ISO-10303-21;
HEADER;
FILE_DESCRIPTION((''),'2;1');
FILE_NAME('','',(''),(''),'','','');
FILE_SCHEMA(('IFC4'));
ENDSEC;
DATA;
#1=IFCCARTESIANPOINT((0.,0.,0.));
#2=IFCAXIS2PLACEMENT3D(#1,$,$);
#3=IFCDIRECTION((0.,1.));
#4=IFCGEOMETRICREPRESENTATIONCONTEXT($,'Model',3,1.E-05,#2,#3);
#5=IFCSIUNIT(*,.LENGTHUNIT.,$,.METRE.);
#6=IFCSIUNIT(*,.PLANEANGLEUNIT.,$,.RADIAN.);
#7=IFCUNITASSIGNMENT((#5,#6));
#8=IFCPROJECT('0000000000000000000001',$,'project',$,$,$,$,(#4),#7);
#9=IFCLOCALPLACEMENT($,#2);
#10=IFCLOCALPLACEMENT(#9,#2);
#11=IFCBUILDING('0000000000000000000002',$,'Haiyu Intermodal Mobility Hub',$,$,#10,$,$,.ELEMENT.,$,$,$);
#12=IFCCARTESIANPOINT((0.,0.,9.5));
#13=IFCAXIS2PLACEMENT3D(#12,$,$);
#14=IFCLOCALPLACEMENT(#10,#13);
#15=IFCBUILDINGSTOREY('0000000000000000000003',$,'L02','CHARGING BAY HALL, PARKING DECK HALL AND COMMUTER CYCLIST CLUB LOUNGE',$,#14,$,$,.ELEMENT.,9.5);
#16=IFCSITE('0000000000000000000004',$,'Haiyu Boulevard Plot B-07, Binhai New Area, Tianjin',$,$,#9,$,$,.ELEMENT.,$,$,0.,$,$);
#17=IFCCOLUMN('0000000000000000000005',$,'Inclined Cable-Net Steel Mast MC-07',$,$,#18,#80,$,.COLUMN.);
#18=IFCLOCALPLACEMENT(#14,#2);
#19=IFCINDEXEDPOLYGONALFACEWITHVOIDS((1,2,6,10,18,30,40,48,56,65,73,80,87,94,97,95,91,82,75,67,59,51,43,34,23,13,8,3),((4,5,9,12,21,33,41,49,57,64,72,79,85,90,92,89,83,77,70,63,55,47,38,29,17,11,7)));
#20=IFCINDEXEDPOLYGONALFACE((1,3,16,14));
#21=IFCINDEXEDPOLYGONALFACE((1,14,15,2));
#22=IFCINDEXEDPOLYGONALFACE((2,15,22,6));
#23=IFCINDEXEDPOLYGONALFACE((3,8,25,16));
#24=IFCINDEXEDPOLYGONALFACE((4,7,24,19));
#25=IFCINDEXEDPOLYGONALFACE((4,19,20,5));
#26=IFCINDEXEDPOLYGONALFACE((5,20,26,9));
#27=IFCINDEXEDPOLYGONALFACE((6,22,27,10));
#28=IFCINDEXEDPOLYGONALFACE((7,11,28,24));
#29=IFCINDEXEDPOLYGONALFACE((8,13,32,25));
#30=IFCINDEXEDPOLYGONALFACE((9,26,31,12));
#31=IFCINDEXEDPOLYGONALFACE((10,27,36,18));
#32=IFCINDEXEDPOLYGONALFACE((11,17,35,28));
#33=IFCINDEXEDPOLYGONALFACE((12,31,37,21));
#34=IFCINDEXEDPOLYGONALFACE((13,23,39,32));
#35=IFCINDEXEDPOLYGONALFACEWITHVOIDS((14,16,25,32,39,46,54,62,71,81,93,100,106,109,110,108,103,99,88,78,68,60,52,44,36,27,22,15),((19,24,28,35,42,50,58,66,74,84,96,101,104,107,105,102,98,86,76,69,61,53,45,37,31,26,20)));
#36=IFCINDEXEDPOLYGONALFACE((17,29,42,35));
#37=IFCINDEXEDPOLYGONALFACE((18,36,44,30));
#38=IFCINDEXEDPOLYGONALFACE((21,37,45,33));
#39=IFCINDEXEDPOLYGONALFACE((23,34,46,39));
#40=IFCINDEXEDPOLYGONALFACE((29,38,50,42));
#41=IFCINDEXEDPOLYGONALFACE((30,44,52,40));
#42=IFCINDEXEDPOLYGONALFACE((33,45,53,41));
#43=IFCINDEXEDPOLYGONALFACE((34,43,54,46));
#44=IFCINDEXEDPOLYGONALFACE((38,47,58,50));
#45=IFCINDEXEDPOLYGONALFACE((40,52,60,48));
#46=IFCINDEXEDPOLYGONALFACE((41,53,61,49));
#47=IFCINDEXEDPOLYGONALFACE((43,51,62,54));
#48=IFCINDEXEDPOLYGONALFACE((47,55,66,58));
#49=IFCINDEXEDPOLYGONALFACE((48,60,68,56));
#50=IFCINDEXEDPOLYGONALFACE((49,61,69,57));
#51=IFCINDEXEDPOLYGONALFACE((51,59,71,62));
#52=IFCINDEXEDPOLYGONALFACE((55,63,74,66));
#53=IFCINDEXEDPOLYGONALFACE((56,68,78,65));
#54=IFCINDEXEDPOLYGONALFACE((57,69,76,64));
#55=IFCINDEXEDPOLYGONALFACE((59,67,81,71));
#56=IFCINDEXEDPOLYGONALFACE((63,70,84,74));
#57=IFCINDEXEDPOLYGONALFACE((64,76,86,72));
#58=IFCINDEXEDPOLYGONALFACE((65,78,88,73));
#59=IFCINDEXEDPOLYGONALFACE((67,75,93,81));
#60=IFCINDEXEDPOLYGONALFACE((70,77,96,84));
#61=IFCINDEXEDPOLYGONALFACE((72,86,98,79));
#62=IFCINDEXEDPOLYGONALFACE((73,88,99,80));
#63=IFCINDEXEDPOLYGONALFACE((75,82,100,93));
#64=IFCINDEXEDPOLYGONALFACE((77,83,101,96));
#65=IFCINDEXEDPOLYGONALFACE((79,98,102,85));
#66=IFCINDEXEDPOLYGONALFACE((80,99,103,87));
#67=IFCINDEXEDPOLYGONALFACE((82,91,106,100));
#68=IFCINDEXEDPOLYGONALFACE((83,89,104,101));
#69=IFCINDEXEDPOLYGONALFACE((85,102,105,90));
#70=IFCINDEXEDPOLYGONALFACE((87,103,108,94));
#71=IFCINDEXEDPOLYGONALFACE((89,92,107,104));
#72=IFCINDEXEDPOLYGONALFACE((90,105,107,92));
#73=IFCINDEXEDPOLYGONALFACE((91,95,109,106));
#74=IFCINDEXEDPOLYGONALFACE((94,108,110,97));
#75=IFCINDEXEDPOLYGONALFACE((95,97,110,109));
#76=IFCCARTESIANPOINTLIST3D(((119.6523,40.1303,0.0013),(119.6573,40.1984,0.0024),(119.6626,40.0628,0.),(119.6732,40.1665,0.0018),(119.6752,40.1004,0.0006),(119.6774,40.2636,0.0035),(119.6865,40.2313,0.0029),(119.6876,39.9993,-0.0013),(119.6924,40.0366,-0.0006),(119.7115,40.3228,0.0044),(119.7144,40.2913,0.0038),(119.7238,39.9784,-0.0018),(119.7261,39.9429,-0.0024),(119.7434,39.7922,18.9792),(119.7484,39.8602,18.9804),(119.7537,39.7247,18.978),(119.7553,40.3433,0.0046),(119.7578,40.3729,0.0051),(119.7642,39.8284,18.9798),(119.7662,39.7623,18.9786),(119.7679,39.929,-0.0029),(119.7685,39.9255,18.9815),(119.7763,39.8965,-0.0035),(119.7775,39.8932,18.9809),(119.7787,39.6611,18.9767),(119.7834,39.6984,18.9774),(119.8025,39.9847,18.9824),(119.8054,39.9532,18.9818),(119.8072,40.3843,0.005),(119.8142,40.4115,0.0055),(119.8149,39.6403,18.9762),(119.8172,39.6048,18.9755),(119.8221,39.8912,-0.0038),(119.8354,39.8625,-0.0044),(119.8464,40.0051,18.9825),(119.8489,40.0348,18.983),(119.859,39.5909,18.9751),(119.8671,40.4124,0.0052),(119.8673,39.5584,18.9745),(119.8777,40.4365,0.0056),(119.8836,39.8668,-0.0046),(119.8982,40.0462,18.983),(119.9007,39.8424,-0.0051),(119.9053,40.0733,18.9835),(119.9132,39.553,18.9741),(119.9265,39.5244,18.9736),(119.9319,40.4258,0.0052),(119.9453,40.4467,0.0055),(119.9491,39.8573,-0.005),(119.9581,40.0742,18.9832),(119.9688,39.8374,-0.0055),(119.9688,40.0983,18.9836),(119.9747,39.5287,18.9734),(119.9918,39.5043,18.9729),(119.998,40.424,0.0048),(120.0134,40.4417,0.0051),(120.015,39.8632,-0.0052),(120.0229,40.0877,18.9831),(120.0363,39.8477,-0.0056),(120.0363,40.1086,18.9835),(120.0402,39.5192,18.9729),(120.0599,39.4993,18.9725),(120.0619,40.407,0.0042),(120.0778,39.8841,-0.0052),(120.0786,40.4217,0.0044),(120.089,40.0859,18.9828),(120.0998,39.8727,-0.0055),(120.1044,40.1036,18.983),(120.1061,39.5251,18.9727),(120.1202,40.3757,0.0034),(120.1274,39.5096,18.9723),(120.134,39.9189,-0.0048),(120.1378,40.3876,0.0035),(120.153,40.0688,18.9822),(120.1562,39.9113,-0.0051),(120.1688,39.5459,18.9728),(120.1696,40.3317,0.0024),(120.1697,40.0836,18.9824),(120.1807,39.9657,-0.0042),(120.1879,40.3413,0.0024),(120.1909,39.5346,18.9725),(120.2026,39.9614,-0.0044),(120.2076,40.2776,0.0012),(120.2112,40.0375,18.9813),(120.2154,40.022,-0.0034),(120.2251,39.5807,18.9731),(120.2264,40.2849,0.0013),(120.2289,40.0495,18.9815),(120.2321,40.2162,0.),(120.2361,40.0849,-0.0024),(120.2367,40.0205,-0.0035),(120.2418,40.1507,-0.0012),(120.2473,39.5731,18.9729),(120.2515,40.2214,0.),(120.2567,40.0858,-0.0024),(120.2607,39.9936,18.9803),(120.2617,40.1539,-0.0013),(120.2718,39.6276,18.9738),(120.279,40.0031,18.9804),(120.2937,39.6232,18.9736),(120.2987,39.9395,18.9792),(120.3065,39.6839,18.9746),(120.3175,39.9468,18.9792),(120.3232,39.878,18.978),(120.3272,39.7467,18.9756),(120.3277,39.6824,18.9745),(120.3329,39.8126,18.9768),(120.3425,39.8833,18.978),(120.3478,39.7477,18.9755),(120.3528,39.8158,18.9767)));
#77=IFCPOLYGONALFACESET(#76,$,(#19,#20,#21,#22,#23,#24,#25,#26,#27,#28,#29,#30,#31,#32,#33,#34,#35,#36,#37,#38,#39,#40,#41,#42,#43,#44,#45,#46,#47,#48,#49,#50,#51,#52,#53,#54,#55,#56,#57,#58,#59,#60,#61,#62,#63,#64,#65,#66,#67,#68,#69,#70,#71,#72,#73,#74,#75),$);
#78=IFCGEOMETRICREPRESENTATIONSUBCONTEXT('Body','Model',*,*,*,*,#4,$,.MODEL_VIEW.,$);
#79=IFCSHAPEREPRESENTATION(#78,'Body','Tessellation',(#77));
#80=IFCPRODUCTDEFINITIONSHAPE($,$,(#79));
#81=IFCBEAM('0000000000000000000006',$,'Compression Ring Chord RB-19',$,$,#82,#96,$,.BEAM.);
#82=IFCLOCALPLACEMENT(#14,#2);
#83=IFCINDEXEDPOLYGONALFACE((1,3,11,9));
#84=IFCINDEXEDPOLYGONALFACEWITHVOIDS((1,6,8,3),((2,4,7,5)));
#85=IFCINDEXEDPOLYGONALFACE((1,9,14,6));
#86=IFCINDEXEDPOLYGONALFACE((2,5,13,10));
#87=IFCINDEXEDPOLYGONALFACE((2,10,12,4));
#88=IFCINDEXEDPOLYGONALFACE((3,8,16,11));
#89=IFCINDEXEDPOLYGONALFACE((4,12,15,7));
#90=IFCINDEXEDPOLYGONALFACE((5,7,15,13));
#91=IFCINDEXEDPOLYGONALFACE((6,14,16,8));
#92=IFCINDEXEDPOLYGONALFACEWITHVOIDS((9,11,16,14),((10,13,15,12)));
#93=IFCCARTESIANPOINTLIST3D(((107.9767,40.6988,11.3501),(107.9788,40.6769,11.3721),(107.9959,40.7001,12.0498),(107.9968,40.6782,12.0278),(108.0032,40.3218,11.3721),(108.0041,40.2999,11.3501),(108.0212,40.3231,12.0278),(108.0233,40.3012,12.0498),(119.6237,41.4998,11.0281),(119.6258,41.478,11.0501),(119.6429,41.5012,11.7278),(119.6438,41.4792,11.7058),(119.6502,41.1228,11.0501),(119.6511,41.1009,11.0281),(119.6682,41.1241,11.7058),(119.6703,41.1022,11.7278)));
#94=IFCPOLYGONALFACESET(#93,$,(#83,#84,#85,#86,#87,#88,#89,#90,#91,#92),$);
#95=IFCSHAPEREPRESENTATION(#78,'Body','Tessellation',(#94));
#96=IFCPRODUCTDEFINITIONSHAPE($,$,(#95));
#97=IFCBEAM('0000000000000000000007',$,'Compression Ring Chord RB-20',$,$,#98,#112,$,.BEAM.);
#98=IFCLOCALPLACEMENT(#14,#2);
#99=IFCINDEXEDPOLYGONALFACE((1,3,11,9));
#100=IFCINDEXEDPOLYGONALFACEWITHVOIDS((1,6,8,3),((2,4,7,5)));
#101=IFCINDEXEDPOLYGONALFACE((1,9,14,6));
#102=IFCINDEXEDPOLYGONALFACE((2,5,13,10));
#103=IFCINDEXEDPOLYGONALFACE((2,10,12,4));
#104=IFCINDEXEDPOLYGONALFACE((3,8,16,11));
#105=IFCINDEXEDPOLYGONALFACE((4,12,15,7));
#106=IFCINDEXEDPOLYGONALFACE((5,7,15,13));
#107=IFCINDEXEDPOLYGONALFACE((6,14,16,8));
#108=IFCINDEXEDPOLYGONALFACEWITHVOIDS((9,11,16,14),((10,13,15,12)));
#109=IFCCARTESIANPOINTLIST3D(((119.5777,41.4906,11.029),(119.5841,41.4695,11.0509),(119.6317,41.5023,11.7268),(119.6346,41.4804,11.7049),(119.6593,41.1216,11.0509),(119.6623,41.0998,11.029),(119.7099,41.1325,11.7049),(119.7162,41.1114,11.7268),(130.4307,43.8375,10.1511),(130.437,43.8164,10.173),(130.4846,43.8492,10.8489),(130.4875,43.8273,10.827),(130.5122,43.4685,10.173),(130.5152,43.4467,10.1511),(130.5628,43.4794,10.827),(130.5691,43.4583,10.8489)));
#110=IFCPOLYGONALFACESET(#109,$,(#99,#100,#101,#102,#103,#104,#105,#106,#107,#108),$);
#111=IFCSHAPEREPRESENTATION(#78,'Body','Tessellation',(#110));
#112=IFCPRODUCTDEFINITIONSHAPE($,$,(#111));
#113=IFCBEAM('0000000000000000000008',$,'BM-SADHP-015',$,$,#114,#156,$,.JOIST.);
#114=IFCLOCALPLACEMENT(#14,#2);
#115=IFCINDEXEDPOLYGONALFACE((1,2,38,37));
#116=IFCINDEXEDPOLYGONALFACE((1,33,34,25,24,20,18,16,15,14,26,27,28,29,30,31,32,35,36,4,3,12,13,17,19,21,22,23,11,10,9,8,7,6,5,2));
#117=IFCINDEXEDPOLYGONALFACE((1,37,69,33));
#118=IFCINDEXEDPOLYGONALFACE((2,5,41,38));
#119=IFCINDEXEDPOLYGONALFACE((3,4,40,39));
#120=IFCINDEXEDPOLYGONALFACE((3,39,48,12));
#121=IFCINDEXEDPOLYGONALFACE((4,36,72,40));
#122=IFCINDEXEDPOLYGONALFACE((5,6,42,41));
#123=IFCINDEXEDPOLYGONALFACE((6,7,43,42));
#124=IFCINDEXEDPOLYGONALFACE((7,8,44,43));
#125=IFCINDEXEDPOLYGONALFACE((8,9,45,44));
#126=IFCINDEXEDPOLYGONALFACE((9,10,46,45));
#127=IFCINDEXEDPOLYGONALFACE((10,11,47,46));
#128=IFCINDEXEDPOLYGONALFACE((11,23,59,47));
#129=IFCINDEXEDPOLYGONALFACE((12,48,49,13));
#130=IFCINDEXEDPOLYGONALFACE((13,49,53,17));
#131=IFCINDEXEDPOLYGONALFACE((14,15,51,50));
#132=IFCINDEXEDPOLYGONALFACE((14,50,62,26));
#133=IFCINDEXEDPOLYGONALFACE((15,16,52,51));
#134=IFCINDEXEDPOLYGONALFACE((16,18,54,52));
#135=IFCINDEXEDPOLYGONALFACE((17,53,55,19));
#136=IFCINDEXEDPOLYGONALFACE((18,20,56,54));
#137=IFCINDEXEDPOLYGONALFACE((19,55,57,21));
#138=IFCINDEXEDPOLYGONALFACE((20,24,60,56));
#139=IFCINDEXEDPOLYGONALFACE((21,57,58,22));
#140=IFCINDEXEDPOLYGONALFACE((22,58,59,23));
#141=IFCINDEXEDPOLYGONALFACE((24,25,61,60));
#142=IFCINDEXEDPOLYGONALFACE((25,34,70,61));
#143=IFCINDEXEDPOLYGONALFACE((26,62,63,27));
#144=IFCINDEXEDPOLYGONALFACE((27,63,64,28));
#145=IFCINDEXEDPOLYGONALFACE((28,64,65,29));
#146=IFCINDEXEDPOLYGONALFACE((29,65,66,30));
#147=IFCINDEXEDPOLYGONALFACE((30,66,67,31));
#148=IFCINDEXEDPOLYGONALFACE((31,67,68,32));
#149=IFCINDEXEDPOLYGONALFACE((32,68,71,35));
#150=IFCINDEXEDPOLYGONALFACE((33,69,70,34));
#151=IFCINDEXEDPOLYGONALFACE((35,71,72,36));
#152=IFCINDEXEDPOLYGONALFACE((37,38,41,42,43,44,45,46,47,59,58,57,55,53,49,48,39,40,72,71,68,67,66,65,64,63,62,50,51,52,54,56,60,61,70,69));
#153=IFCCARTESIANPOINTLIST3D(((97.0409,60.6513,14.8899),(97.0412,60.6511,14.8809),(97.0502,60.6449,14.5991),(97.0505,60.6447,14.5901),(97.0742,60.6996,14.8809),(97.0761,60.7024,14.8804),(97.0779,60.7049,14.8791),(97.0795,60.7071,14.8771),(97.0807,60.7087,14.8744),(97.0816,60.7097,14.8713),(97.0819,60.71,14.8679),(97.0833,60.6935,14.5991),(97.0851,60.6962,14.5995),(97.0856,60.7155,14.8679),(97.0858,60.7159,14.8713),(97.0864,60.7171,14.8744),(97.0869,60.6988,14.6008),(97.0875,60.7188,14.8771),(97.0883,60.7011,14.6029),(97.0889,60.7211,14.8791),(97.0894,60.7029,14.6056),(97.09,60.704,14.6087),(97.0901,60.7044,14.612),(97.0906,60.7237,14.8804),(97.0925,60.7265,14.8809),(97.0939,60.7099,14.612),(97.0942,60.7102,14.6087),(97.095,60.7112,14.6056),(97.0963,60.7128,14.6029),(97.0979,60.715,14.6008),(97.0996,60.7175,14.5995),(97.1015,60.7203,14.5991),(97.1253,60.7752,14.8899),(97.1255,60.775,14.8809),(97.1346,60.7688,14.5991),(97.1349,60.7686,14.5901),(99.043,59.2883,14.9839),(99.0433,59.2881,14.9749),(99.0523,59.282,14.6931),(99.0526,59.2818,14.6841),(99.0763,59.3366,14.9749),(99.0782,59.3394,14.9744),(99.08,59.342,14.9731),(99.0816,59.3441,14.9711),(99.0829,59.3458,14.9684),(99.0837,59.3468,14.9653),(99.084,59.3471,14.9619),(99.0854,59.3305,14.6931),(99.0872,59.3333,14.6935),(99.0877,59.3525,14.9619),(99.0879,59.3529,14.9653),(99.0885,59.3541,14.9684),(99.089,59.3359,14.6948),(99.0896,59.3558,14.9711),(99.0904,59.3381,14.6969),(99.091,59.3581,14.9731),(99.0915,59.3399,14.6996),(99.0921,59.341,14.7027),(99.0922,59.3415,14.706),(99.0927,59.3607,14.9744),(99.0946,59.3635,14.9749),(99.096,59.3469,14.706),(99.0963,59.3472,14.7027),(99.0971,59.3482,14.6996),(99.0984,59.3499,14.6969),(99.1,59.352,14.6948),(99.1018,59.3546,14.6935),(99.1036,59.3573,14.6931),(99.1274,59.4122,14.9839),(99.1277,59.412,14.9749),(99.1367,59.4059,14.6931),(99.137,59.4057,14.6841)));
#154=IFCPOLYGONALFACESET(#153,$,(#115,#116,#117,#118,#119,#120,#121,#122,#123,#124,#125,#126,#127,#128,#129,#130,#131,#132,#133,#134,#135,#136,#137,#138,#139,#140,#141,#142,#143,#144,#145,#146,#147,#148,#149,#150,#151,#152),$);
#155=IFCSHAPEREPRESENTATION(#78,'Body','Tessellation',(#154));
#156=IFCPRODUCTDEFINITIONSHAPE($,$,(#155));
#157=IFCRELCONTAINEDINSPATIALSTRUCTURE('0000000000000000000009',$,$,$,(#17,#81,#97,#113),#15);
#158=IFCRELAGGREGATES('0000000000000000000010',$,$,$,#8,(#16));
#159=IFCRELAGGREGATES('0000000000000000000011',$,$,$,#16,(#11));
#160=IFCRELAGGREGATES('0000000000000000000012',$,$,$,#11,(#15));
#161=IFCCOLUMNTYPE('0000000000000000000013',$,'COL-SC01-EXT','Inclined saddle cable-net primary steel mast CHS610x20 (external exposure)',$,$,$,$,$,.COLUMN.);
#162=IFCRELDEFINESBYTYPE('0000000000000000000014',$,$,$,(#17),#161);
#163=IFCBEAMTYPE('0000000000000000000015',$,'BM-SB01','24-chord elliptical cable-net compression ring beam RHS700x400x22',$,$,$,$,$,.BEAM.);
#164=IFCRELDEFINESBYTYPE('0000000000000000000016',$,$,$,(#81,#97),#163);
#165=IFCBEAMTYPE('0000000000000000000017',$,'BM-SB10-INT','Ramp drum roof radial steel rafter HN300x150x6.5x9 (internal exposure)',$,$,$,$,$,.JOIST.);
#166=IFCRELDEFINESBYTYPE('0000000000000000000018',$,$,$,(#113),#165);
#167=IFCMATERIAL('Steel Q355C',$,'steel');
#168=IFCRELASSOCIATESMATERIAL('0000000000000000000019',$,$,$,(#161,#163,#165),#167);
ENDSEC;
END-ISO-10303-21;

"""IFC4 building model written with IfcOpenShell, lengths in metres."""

from ifc_helpers import new_model, si_unit, direction, frame, origin, origin_2d, place, context, subcontext, project, spatial, hollow_rectangle, hollow_circle, i_section, extrude, material, material_profile, profile_set, type_object, element, save


model = new_model("IFC4")

# Units and contexts
model_context = context("Model", 3, precision=1e-05, world=origin(), true_north=direction((0.0, 1.0)))
body_context = subcontext(model_context, "Body", "Model", "MODEL_VIEW")
ifc_project = project(units=[si_unit("LENGTHUNIT", "METRE"), si_unit("PLANEANGLEUNIT", "RADIAN")], contexts=[model_context])

# Site, building, storey
site_placement = place(None, origin())
site = spatial("IfcSite", under=ifc_project, at=site_placement, Name="Haiyu Boulevard Plot B-07, Binhai New Area, Tianjin", CompositionType="ELEMENT", RefElevation=0.0)
building_placement = place(site_placement, origin())
building = spatial("IfcBuilding", under=site, at=building_placement, Name="Haiyu Intermodal Mobility Hub", CompositionType="ELEMENT")
storey_placement = place(building_placement, frame((0.0, 0.0, 9.5)))
storey = spatial("IfcBuildingStorey", under=building, at=storey_placement, Name="L02", Description="CHARGING BAY HALL, PARKING DECK HALL AND COMMUTER CYCLIST CLUB LOUNGE", CompositionType="ELEMENT", Elevation=9.5)

# Column
ifc_material_1 = material(Name="Steel Q355C", Category="steel")
ifc_material_profile_1 = material_profile(ifc_material_1, hollow_circle(Radius=0.3049, WallThickness=0.02, at=origin_2d()), Name="CHS610x20")
ifc_profile_set_1 = profile_set([ifc_material_profile_1], Name="Steel Q355C")
column_type = type_object("IfcColumnType", Name="COL-SC01-EXT", Description="Inclined saddle cable-net primary steel mast CHS610x20 (external exposure)", PredefinedType="COLUMN", material=ifc_profile_set_1)
column_placement = place(storey_placement, frame((119.957, 40.1421, 0.0), z_axis=(0.004798, -0.017814, 0.99983), x_axis=(0.965596, 0.260048, 0.0)))
element("IfcColumn", 1, at=column_placement, inside=storey, type_object=column_type, Name="Inclined Cable-Net Steel Mast MC-07", PredefinedType="COLUMN", context=body_context, shape_type="SweptSolid", body=[
    extrude(hollow_circle(Radius=0.3049, WallThickness=0.02, at=origin_2d()), origin(), (0.0, 0.0, 1.0), 18.9812),
])

# Beams
ifc_material_profile_2 = material_profile(ifc_material_1, hollow_rectangle(XDim=0.3999, YDim=0.7, WallThickness=0.022, at=origin_2d()), Name="RHS700x400x22")
ifc_profile_set_2 = profile_set([ifc_material_profile_2], Name="Steel Q355C")
beam_type_1 = type_object("IfcBeamType", Name="BM-SB01", Description="24-chord elliptical cable-net compression ring beam RHS700x400x22", PredefinedType="BEAM", material=ifc_profile_set_2)
beam_1_placement = place(storey_placement, frame((108.0, 40.5, 11.7), z_axis=(0.997264, 0.068587, -0.027573), x_axis=(-0.068613, 0.997643, 0.0)))
element("IfcBeam", 2, at=beam_1_placement, inside=storey, type_object=beam_type_1, Name="Compression Ring Chord RB-19", PredefinedType="BEAM", context=body_context, shape_type="SweptSolid", body=[
    extrude(hollow_rectangle(XDim=0.3999, YDim=0.7, WallThickness=0.022, at=origin_2d()), origin(), (0.0, 0.0, 1.0), 11.679),
])
beam_2_placement = place(storey_placement, frame((119.647, 41.301, 11.3779), z_axis=(0.974367, 0.210703, -0.078819), x_axis=(-0.211361, 0.977408, 0.0)))
element("IfcBeam", 3, at=beam_2_placement, inside=storey, type_object=beam_type_1, Name="Compression Ring Chord RB-20", PredefinedType="BEAM", context=body_context, shape_type="SweptSolid", body=[
    extrude(hollow_rectangle(XDim=0.3999, YDim=0.7, WallThickness=0.022, at=origin_2d()), origin(), (0.0, 0.0, 1.0), 11.1384),
])
ifc_material_profile_3 = material_profile(ifc_material_1, i_section(OverallWidth=0.1499, OverallDepth=0.3, WebThickness=0.0066, FlangeThickness=0.009, FilletRadius=0.0129, at=origin_2d()), Name="HN300x150x6.5x9")
ifc_profile_set_3 = profile_set([ifc_material_profile_3], Name="Steel Q355C")
beam_type_2 = type_object("IfcBeamType", Name="BM-SB10-INT", Description="Ramp drum roof radial steel rafter HN300x150x6.5x9 (internal exposure)", PredefinedType="JOIST", material=ifc_profile_set_3)
beam_3_placement = place(storey_placement, frame((97.0879, 60.71, 14.74), z_axis=(0.826008, -0.562322, 0.038777), x_axis=(0.562746, 0.82663, 0.0)))
element("IfcBeam", 4, at=beam_3_placement, inside=storey, type_object=beam_type_2, Name="BM-SADHP-015", PredefinedType="JOIST", context=body_context, shape_type="SweptSolid", body=[
    extrude(i_section(OverallWidth=0.1499, OverallDepth=0.3, WebThickness=0.0066, FlangeThickness=0.009, FilletRadius=0.0129, at=origin_2d()), origin(), (0.0, 0.0, 1.0), 2.4238),
])

save(model, "model.ifc")
